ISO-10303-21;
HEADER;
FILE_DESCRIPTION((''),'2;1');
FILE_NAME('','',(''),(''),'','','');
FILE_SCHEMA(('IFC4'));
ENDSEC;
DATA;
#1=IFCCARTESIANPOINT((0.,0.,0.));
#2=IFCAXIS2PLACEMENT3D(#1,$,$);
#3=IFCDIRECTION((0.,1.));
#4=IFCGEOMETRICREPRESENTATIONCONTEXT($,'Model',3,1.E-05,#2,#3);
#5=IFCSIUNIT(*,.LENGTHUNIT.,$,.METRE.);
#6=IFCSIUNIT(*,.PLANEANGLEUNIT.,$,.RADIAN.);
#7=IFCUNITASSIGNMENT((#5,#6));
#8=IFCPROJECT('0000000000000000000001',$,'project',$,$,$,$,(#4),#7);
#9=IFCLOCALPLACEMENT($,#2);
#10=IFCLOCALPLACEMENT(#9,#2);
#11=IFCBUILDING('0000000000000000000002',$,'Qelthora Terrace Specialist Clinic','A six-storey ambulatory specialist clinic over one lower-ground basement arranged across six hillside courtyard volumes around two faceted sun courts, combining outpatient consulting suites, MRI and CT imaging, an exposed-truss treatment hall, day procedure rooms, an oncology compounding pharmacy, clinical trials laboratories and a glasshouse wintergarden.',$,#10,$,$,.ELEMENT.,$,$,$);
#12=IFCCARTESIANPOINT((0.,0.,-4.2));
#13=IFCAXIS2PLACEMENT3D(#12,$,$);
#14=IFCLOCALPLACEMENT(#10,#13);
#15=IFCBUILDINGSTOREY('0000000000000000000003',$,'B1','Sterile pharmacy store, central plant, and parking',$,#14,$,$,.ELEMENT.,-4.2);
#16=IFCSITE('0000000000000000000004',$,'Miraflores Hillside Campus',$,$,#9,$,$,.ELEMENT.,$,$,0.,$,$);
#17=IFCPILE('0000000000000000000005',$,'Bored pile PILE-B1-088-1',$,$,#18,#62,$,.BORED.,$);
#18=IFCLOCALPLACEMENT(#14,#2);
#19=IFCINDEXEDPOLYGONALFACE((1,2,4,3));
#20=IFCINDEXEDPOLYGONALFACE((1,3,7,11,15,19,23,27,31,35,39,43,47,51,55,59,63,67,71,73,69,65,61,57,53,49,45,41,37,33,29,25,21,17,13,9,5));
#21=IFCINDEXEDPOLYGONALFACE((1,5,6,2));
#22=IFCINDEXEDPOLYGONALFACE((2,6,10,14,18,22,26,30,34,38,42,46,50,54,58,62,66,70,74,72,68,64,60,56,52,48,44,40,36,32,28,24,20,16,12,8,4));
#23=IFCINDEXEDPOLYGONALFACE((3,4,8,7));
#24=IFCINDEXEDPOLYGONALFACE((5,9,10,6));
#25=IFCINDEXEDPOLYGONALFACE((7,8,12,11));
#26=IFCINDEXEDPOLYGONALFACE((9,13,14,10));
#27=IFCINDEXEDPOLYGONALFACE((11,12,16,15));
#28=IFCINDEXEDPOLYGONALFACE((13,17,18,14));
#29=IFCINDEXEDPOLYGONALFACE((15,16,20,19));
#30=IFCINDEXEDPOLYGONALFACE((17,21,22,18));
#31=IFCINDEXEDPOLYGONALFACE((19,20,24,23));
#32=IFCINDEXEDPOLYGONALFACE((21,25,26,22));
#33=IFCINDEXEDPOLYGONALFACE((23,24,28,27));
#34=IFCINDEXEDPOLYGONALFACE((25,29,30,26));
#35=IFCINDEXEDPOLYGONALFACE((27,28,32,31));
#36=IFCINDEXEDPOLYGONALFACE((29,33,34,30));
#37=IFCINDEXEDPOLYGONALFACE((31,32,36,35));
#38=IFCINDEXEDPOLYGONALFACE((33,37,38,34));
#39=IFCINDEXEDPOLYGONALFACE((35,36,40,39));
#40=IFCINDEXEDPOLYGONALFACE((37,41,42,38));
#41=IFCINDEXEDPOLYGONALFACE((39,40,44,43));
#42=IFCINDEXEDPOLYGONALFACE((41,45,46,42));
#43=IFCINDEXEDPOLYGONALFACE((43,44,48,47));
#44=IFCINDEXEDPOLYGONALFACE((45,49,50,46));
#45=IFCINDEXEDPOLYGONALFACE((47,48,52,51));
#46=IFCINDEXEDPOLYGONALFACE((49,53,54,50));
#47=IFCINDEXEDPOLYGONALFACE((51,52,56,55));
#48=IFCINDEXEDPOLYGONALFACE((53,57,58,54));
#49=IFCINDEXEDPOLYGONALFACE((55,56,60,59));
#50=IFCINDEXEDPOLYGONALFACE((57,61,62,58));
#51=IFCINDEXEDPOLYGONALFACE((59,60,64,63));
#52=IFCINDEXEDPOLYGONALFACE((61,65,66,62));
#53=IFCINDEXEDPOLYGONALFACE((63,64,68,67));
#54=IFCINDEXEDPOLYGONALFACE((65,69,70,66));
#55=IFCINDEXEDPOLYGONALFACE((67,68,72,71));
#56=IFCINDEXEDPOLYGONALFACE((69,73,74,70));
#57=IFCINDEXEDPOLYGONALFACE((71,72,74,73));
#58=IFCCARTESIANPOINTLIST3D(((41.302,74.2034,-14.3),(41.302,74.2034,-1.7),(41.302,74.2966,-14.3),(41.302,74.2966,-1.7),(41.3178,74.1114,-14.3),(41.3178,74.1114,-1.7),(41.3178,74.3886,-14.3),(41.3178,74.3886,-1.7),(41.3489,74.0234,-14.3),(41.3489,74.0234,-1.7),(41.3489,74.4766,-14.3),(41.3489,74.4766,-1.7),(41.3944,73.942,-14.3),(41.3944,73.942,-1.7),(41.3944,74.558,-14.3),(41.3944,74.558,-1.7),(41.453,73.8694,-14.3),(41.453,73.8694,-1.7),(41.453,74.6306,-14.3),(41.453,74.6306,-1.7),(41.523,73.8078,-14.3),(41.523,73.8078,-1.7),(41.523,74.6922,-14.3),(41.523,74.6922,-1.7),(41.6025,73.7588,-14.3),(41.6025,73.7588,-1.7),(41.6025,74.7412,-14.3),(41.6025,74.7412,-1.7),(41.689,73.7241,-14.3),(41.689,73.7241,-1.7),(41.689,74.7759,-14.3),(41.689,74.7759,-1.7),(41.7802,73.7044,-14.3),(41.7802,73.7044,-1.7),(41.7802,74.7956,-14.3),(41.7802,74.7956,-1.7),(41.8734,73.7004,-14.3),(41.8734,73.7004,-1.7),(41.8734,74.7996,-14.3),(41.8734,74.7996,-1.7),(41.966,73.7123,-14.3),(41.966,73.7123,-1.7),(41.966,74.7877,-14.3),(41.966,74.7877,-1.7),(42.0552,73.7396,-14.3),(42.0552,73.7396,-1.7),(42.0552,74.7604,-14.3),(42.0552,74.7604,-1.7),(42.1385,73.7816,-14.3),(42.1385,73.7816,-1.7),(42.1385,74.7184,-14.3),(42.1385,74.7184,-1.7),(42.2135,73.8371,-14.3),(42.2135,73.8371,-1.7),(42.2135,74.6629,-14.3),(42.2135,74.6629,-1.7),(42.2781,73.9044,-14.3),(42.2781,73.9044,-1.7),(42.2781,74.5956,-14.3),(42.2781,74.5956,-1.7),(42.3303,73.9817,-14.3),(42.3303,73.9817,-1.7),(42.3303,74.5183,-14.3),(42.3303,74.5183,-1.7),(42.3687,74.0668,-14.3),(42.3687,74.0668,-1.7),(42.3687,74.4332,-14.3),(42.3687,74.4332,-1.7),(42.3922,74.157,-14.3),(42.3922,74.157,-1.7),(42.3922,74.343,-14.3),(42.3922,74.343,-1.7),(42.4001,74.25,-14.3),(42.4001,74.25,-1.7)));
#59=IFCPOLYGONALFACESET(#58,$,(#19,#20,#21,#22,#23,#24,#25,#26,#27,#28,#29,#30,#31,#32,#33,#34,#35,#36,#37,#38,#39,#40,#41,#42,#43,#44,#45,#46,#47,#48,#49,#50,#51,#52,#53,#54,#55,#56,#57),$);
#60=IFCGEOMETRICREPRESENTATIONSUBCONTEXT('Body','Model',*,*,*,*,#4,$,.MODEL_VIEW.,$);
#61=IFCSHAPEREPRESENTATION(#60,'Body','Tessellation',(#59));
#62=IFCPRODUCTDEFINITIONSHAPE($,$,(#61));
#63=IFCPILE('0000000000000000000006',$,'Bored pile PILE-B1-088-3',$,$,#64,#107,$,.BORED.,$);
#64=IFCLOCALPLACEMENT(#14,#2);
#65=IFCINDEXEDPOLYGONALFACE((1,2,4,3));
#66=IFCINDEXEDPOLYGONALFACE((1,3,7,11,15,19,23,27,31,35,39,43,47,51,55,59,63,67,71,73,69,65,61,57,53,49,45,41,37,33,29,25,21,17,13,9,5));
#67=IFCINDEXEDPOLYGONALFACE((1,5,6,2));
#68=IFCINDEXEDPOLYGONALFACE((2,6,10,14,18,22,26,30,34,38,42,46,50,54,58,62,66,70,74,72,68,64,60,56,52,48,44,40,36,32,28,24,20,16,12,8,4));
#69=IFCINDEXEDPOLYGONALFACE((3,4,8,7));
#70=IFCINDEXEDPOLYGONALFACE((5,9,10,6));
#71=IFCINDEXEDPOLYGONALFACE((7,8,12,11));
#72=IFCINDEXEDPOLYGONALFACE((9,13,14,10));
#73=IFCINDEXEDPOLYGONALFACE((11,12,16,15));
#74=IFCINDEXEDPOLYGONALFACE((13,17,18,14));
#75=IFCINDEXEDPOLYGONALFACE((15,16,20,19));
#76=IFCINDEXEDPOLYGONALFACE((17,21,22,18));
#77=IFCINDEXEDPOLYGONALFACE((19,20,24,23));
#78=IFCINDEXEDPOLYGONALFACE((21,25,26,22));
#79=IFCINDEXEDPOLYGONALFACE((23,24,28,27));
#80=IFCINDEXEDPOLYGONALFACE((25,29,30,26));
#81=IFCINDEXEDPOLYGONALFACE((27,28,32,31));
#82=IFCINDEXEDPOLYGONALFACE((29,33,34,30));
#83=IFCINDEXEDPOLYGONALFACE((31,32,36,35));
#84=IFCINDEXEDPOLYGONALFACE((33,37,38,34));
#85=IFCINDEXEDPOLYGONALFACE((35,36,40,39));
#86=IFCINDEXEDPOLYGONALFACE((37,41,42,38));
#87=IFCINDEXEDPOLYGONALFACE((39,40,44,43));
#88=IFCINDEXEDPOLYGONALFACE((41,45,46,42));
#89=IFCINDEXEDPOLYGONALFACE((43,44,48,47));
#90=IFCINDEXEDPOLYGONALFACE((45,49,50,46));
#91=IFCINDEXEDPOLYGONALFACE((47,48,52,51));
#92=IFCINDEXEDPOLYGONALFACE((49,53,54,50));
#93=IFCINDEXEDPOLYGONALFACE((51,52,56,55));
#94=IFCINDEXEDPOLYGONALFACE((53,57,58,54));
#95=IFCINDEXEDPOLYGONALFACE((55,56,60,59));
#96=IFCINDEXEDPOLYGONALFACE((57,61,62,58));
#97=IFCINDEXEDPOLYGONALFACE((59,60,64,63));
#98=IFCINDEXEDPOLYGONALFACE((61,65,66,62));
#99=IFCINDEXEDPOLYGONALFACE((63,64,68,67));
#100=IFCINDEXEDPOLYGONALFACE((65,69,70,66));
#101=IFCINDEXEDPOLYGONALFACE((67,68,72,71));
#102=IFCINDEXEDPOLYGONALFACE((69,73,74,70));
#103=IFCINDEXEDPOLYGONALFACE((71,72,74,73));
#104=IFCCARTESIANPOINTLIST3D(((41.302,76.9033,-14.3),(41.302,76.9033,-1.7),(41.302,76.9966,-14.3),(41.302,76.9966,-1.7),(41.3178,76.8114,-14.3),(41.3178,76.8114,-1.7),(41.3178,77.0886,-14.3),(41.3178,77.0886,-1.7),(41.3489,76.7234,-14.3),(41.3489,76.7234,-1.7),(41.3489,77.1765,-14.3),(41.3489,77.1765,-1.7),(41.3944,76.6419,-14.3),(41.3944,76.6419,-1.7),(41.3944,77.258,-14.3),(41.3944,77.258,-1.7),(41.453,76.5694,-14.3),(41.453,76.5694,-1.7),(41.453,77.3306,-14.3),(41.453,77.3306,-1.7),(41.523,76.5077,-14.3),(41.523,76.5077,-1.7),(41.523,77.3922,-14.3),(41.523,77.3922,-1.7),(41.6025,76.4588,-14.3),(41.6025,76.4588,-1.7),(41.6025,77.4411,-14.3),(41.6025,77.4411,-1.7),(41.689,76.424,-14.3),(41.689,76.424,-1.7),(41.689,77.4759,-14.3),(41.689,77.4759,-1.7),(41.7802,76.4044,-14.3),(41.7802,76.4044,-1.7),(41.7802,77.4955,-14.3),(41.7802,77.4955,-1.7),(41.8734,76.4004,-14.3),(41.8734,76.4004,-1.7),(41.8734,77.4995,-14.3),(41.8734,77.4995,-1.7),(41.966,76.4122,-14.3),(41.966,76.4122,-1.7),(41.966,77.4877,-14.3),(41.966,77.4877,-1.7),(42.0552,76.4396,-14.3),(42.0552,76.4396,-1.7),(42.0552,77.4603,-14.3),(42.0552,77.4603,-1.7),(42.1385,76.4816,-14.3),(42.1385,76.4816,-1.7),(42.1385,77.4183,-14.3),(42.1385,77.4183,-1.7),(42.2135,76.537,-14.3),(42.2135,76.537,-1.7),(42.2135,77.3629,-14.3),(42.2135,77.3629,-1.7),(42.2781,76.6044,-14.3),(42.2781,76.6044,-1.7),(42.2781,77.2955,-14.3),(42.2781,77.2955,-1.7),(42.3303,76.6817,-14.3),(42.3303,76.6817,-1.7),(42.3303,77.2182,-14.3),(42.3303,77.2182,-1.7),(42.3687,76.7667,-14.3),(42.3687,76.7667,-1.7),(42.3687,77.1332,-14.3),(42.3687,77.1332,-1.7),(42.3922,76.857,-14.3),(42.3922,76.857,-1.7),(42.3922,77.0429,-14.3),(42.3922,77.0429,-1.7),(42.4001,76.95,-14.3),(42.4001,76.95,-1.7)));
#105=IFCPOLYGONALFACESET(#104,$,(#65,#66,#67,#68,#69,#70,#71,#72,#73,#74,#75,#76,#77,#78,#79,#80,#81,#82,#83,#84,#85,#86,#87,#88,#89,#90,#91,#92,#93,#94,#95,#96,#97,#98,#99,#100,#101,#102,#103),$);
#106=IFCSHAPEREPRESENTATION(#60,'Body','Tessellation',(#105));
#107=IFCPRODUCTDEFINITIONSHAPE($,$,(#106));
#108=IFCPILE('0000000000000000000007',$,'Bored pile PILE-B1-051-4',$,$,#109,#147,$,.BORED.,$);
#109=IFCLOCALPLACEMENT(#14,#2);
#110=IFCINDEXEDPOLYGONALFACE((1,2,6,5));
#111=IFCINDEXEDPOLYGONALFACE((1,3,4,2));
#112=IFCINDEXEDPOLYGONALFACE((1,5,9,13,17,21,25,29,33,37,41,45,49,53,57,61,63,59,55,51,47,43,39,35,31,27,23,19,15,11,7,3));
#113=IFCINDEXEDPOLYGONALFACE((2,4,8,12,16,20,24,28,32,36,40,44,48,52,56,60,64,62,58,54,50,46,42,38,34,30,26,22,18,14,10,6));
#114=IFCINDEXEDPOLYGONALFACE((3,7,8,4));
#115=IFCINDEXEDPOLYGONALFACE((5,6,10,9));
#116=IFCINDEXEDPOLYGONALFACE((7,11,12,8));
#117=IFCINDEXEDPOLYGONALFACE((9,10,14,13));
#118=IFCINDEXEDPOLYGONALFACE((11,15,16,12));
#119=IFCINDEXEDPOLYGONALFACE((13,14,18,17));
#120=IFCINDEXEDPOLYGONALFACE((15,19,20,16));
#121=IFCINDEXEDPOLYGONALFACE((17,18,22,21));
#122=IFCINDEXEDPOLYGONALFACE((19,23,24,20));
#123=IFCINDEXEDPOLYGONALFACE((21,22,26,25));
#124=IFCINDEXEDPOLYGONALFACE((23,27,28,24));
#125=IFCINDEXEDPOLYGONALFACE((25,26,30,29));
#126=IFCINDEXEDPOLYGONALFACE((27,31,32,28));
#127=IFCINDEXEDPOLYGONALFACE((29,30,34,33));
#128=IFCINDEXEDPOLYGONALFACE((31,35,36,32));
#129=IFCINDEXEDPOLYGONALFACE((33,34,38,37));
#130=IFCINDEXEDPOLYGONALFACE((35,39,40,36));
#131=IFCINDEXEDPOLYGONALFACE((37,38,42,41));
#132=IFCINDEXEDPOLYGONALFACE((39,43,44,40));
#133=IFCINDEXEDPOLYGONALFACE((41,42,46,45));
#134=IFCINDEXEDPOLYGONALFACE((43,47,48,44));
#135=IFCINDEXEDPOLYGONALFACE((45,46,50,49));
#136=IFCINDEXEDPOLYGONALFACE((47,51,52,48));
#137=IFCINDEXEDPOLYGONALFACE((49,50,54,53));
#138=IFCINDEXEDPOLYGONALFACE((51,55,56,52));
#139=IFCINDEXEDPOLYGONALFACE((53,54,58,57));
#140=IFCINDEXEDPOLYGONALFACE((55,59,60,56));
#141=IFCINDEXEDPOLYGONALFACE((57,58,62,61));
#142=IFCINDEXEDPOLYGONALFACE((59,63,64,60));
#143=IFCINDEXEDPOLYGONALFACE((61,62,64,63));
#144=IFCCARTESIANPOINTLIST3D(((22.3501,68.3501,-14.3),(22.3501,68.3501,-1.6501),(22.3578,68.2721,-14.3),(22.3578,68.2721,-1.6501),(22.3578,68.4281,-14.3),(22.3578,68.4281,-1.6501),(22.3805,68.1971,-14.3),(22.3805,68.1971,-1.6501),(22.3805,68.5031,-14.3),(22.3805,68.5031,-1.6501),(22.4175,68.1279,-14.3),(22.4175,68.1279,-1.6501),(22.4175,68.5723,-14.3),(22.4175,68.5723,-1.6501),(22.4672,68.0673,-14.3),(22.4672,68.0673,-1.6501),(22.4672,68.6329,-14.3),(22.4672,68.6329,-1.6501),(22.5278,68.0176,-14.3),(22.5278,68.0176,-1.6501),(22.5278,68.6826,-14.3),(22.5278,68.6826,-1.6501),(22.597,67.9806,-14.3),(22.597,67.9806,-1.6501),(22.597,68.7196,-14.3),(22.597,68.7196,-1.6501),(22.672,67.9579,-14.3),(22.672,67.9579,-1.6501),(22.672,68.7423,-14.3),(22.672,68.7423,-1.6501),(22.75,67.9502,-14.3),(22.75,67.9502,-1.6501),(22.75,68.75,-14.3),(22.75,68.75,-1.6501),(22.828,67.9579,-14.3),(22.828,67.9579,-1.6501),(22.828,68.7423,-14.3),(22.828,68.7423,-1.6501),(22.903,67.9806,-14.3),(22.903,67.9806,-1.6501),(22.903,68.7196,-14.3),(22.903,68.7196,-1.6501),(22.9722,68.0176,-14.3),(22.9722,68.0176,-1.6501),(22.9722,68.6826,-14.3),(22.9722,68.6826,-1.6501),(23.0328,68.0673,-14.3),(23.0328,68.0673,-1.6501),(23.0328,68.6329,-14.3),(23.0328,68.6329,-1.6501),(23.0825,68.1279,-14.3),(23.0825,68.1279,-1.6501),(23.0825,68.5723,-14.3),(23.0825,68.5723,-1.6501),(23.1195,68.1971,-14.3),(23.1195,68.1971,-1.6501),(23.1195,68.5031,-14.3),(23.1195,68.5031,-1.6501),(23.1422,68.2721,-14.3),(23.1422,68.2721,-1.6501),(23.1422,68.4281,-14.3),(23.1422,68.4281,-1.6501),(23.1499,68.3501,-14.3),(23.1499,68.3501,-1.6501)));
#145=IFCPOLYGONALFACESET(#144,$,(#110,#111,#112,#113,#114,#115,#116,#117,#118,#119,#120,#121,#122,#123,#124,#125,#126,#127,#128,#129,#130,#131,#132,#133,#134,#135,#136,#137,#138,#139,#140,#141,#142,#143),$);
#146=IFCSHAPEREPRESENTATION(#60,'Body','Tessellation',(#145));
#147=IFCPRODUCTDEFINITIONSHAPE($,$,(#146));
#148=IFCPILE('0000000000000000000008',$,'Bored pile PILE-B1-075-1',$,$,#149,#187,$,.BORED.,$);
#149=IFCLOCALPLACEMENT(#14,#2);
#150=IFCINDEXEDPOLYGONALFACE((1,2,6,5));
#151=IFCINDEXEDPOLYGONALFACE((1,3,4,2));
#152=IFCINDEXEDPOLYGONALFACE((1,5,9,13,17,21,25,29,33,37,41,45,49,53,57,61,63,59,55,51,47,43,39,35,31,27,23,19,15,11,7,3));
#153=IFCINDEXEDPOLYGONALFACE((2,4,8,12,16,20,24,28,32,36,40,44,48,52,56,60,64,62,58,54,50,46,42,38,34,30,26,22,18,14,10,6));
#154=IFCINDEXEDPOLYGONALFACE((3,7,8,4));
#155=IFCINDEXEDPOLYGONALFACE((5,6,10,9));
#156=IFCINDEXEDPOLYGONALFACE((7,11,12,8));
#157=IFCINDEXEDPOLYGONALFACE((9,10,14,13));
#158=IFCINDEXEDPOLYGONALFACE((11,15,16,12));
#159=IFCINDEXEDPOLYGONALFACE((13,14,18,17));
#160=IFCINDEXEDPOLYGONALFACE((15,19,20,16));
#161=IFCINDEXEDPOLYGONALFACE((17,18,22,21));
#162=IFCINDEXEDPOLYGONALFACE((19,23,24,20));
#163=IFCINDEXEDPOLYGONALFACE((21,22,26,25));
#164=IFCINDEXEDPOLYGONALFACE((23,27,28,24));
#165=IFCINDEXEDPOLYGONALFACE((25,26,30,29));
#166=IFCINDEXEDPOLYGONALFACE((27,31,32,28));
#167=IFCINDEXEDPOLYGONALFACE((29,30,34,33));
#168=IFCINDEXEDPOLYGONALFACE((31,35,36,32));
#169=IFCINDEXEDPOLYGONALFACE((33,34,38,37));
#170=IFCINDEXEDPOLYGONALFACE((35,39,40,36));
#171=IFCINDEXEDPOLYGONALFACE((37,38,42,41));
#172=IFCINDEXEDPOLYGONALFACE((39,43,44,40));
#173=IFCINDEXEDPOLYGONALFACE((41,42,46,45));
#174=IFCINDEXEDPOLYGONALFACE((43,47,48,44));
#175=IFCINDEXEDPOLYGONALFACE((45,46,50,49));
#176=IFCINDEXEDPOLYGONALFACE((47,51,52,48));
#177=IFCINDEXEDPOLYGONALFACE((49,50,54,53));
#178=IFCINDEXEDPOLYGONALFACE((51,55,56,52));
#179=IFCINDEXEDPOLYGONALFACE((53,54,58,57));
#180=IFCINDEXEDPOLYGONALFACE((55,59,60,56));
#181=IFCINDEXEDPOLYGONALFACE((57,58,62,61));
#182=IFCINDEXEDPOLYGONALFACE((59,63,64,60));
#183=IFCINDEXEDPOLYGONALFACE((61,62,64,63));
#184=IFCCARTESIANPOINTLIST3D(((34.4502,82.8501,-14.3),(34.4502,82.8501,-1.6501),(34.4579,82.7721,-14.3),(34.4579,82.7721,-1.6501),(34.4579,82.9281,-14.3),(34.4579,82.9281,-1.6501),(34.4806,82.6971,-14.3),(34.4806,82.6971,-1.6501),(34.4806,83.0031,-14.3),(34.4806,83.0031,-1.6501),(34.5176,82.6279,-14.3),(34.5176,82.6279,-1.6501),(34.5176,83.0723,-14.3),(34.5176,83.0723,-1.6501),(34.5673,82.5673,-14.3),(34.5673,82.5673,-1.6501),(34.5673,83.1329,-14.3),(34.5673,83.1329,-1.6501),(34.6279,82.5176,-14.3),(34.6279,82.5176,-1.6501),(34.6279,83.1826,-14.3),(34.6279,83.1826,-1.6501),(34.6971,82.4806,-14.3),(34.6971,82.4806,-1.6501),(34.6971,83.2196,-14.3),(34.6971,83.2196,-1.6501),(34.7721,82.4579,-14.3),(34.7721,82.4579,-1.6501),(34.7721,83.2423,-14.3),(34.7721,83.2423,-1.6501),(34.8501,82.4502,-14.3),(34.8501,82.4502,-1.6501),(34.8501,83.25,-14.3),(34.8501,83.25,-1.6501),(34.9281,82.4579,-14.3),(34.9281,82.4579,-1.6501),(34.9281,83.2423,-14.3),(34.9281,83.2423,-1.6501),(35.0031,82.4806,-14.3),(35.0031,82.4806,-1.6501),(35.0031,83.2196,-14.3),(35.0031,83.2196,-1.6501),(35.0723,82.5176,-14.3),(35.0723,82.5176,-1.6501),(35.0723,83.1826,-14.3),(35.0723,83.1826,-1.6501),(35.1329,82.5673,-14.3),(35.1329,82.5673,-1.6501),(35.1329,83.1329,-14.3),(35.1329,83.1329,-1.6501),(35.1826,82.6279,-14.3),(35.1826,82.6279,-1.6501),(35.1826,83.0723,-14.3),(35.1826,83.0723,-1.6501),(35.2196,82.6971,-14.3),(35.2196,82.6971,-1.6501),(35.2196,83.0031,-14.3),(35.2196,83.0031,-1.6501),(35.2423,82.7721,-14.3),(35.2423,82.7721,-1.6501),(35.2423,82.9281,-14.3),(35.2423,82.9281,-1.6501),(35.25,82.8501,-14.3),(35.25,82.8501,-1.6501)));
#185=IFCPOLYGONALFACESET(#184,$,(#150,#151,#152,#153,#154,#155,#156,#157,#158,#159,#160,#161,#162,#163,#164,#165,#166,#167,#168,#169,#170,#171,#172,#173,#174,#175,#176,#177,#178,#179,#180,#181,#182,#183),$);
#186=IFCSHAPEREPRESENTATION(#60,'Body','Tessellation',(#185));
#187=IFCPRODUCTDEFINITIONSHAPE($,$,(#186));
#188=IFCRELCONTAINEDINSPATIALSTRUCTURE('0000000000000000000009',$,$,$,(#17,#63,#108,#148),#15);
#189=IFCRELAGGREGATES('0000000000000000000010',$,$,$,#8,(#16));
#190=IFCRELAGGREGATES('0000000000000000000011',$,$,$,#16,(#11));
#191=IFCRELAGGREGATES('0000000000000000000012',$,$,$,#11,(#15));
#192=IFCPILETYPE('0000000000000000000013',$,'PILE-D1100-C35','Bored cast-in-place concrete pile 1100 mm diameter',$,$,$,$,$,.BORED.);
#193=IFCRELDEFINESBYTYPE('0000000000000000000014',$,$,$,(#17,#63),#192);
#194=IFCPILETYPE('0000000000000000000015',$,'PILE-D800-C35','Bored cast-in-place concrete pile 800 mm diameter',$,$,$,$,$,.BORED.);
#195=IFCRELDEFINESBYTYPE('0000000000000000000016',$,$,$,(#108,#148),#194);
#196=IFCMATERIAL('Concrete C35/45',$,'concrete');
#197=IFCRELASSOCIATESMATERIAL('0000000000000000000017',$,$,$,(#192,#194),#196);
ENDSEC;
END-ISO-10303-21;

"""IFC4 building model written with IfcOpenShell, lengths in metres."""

from ifc_helpers import new_model, si_unit, direction, frame, origin, origin_2d, place, context, subcontext, project, spatial, circle, extrude, material, material_profile, profile_set, type_object, element, save


model = new_model("IFC4")

# Units and contexts
model_context = context("Model", 3, precision=1e-05, world=origin(), true_north=direction((0.0, 1.0)))
body_context = subcontext(model_context, "Body", "Model", "MODEL_VIEW")
ifc_project = project(units=[si_unit("LENGTHUNIT", "METRE"), si_unit("PLANEANGLEUNIT", "RADIAN")], contexts=[model_context])

# Site, building, storey
site_placement = place(None, origin())
site = spatial("IfcSite", under=ifc_project, at=site_placement, Name="Miraflores Hillside Campus", CompositionType="ELEMENT", RefElevation=0.0)
building_placement = place(site_placement, origin())
building = spatial("IfcBuilding", under=site, at=building_placement, Name="Qelthora Terrace Specialist Clinic", Description="A six-storey ambulatory specialist clinic over one lower-ground basement arranged across six hillside courtyard volumes around two faceted sun courts, combining outpatient consulting suites, MRI and CT imaging, an exposed-truss treatment hall, day procedure rooms, an oncology compounding pharmacy, clinical trials laboratories and a glasshouse wintergarden.", CompositionType="ELEMENT")
storey_placement = place(building_placement, frame((0.0, 0.0, -4.2)))
storey = spatial("IfcBuildingStorey", under=building, at=storey_placement, Name="B1", Description="Sterile pharmacy store, central plant, and parking", CompositionType="ELEMENT", Elevation=-4.2)

# Shared definitions
ifc_material_1 = material(Name="Concrete C35/45", Category="concrete")

# Piles
ifc_material_profile_1 = material_profile(ifc_material_1, circle(Radius=0.55, at=origin_2d()), Name="PILE1100")
ifc_profile_set_1 = profile_set([ifc_material_profile_1], Name="Concrete C35/45")
pile_type_1 = type_object("IfcPileType", Name="PILE-D1100-C35", Description="Bored cast-in-place concrete pile 1100 mm diameter", PredefinedType="BORED", material=ifc_profile_set_1)
for number, where, z_axis, x_axis, name in (
    (1, (41.8501, 74.25, -1.7), (0.0, 0.0, -1.0), (1.0, 0.0, 0.0), "Bored pile PILE-B1-088-1"),
    (2, (41.8501, 76.95, -1.7), (0.0, 0.0, -1.0), (1.0, 0.0, 0.0), "Bored pile PILE-B1-088-3"),
):
    element("IfcPile", number, at=place(storey_placement, frame(where, z_axis=z_axis, x_axis=x_axis)), inside=storey, type_object=pile_type_1, Name=name, PredefinedType="BORED", context=body_context, shape_type="SweptSolid", body=[
        extrude(circle(Radius=0.55, at=origin_2d()), origin(), (0.0, 0.0, 1.0), 12.6001),
    ])
ifc_material_profile_2 = material_profile(ifc_material_1, circle(Radius=0.3999, at=origin_2d()), Name="PILE800")
ifc_profile_set_2 = profile_set([ifc_material_profile_2], Name="Concrete C35/45")
pile_type_2 = type_object("IfcPileType", Name="PILE-D800-C35", Description="Bored cast-in-place concrete pile 800 mm diameter", PredefinedType="BORED", material=ifc_profile_set_2)
for number, where, z_axis, x_axis, name in (
    (3, (22.75, 68.3501, -1.6501), (0.0, 0.0, -1.0), (1.0, 0.0, 0.0), "Bored pile PILE-B1-051-4"),
    (4, (34.8501, 82.8501, -1.6501), (0.0, 0.0, -1.0), (1.0, 0.0, 0.0), "Bored pile PILE-B1-075-1"),
):
    element("IfcPile", number, at=place(storey_placement, frame(where, z_axis=z_axis, x_axis=x_axis)), inside=storey, type_object=pile_type_2, Name=name, PredefinedType="BORED", context=body_context, shape_type="SweptSolid", body=[
        extrude(circle(Radius=0.3999, at=origin_2d()), origin(), (0.0, 0.0, 1.0), 12.6499),
    ])

save(model, "model.ifc")
